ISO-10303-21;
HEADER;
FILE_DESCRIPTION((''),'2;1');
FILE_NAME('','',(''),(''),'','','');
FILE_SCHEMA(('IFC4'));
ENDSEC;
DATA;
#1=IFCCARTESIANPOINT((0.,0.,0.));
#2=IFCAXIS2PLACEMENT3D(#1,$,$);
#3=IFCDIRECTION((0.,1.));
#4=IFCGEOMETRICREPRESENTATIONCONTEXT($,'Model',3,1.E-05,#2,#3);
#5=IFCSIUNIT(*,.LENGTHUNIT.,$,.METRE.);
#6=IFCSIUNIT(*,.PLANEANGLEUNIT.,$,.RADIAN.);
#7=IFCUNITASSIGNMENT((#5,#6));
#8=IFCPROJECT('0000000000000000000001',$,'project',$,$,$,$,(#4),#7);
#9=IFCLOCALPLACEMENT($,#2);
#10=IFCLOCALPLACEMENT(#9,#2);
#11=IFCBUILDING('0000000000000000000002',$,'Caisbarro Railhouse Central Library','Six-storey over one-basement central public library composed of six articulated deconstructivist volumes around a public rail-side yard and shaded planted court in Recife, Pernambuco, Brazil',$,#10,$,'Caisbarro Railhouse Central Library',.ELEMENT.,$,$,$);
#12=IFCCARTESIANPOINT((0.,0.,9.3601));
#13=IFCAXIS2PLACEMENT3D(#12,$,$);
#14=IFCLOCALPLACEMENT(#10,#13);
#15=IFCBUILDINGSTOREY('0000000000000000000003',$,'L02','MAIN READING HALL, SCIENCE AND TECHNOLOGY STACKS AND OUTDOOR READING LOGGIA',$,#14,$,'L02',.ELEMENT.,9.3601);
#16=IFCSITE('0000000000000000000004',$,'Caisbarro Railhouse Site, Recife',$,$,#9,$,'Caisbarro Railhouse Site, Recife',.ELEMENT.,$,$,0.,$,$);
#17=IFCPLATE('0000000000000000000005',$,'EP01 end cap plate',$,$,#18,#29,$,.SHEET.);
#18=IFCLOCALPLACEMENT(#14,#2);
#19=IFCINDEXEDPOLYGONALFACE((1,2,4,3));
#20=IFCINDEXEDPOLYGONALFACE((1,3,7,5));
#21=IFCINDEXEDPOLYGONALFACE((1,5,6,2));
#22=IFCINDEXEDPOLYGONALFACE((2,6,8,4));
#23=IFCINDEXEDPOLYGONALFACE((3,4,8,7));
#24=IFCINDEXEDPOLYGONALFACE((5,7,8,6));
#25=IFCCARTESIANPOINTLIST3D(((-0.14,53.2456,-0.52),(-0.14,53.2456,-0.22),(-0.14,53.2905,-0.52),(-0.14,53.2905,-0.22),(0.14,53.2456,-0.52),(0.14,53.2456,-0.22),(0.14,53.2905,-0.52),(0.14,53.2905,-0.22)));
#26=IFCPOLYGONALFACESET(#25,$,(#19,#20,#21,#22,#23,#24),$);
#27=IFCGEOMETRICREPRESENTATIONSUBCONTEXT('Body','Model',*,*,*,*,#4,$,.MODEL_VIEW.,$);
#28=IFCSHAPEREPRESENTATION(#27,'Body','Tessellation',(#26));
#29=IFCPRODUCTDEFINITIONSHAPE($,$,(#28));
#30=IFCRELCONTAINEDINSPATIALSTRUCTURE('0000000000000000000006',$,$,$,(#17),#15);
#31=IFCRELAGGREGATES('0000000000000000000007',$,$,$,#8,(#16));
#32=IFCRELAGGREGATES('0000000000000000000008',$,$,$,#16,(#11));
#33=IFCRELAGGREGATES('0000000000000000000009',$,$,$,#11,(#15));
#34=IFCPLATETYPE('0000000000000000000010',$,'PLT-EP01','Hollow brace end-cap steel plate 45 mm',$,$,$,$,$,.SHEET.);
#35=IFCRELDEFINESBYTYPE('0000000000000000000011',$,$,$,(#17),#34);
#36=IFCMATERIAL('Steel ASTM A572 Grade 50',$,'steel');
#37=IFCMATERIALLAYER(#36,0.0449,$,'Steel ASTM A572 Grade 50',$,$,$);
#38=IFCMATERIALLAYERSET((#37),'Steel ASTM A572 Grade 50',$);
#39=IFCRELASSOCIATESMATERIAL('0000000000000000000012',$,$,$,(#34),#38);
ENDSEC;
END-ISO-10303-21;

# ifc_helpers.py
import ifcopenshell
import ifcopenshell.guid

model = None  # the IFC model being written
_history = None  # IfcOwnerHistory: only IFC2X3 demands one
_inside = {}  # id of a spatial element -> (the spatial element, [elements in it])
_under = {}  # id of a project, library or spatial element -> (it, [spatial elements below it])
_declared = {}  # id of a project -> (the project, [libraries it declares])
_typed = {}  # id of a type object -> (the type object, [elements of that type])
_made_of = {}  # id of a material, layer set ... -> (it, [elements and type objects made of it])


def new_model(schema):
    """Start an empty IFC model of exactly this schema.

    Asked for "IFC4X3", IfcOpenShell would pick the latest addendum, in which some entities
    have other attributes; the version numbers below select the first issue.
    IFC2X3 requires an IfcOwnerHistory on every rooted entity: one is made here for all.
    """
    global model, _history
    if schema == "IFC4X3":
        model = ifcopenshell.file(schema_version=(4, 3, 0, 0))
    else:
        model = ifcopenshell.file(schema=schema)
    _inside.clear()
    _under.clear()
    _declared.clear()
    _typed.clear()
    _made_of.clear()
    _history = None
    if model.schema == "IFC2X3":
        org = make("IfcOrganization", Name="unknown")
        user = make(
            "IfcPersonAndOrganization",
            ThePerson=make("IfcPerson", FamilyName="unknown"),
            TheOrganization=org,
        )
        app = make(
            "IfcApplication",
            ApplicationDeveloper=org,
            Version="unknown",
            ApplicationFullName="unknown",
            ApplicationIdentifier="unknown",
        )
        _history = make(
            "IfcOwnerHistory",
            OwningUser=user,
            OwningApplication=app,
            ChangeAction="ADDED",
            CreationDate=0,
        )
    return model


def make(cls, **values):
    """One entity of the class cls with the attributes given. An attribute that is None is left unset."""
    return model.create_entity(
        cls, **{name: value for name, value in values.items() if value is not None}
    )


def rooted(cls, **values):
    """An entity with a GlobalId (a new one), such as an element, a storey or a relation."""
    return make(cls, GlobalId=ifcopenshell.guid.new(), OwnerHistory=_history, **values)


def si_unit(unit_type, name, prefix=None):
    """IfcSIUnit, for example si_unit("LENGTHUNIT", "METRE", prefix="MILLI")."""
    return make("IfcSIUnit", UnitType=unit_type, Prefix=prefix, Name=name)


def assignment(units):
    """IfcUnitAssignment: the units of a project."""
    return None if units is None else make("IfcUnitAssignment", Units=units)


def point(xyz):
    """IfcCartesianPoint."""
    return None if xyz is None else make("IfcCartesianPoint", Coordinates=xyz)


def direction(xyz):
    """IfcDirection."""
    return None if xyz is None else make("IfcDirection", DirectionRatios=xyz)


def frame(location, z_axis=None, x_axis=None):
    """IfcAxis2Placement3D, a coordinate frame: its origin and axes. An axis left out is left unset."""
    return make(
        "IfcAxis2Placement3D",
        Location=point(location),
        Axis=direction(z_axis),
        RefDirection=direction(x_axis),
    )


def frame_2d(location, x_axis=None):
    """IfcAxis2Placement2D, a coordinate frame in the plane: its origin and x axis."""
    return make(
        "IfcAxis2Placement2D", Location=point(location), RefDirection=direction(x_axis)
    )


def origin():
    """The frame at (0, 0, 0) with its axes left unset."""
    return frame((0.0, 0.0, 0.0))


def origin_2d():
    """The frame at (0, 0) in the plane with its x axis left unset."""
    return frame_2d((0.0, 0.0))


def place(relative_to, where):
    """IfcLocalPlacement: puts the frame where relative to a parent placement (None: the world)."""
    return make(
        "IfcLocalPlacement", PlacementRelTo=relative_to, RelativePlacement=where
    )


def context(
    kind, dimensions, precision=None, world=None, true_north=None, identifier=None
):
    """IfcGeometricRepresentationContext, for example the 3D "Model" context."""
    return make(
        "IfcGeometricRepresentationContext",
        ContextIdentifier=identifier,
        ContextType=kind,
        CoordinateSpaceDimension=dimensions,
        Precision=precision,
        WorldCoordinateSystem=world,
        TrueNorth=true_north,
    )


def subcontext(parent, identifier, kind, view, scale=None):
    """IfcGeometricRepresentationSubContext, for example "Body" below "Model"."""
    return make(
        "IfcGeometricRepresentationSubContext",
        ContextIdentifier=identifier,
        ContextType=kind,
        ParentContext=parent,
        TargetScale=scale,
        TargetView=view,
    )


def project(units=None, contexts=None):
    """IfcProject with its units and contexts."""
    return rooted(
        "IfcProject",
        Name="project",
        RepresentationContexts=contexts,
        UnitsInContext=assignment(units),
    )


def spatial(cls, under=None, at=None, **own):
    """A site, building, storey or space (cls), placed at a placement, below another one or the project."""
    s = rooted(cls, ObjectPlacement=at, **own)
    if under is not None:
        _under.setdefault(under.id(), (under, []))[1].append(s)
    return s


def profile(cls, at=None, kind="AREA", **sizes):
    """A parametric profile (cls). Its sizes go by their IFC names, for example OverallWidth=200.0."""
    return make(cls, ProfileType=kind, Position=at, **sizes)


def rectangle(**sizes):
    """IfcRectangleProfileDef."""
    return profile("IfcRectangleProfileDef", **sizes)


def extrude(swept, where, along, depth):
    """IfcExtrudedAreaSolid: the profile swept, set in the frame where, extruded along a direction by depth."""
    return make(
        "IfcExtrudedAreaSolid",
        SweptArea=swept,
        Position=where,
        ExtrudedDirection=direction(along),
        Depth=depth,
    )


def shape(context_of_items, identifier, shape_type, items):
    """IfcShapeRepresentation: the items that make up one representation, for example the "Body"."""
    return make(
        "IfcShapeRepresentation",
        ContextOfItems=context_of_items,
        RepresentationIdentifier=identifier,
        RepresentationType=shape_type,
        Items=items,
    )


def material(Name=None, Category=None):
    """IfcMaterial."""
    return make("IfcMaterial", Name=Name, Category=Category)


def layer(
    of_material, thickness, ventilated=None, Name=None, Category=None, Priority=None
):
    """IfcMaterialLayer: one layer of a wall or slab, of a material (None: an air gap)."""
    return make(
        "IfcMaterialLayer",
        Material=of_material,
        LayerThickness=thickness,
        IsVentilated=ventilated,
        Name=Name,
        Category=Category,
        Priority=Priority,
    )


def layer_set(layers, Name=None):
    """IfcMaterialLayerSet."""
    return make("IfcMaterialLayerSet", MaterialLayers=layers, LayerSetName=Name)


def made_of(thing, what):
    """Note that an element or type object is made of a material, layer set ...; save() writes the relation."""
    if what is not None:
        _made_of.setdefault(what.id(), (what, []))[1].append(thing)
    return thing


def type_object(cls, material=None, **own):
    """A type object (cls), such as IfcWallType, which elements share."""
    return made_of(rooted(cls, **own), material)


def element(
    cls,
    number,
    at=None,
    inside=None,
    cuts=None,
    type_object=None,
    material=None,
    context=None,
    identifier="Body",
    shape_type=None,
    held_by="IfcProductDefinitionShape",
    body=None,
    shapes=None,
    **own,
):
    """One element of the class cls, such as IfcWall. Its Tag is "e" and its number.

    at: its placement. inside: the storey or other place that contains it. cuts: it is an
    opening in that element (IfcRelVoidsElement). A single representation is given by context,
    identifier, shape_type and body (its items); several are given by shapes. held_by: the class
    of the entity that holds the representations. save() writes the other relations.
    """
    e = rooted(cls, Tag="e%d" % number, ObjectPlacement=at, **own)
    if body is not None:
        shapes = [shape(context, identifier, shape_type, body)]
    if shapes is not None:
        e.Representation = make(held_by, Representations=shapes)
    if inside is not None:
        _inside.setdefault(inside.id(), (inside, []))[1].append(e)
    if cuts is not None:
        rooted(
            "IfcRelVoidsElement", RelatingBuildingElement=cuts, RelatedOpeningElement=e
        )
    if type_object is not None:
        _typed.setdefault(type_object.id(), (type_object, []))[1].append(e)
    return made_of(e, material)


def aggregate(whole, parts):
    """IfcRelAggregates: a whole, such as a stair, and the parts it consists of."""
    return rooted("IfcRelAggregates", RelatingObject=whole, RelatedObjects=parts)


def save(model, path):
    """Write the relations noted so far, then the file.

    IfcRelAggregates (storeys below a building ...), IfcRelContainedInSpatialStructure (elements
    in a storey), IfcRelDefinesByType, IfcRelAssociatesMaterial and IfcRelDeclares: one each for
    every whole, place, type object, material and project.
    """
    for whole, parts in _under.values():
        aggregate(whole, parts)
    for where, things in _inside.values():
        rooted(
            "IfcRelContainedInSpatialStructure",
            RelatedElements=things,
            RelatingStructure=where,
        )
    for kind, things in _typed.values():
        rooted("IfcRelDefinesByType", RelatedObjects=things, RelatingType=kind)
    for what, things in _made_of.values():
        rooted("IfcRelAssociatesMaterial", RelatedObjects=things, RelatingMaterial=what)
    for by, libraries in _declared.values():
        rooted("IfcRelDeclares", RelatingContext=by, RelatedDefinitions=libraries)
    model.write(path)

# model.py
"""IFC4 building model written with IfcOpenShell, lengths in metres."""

from ifc_helpers import new_model, si_unit, direction, frame, origin, origin_2d, place, context, subcontext, project, spatial, rectangle, extrude, material, layer, layer_set, type_object, element, save


model = new_model("IFC4")

# Units and contexts
model_context = context("Model", 3, precision=1e-05, world=origin(), true_north=direction((0.0, 1.0)))
body_context = subcontext(model_context, "Body", "Model", "MODEL_VIEW")
ifc_project = project(units=[si_unit("LENGTHUNIT", "METRE"), si_unit("PLANEANGLEUNIT", "RADIAN")], contexts=[model_context])

# Site, building, storey
site_placement = place(None, origin())
site = spatial("IfcSite", under=ifc_project, at=site_placement, Name="Caisbarro Railhouse Site, Recife", LongName="Caisbarro Railhouse Site, Recife", CompositionType="ELEMENT", RefElevation=0.0)
building_placement = place(site_placement, origin())
building = spatial("IfcBuilding", under=site, at=building_placement, Name="Caisbarro Railhouse Central Library", Description="Six-storey over one-basement central public library composed of six articulated deconstructivist volumes around a public rail-side yard and shaded planted court in Recife, Pernambuco, Brazil", LongName="Caisbarro Railhouse Central Library", CompositionType="ELEMENT")
storey_placement = place(building_placement, frame((0.0, 0.0, 9.3601)))
storey = spatial("IfcBuildingStorey", under=building, at=storey_placement, Name="L02", Description="MAIN READING HALL, SCIENCE AND TECHNOLOGY STACKS AND OUTDOOR READING LOGGIA", LongName="L02", CompositionType="ELEMENT", Elevation=9.3601)

# Shared definitions
ifc_material_1 = material(Name="Steel ASTM A572 Grade 50", Category="steel")

# Plate
ifc_layer_1 = layer(ifc_material_1, 0.0449, Name="Steel ASTM A572 Grade 50")
ifc_layer_set_1 = layer_set([ifc_layer_1], Name="Steel ASTM A572 Grade 50")
plate_type_1 = type_object("IfcPlateType", Name="PLT-EP01", Description="Hollow brace end-cap steel plate 45 mm", PredefinedType="SHEET", material=ifc_layer_set_1)
for number, where, z_axis, x_axis, name in (
    (1, (0.0, 53.2681, -0.52), (0.0, 0.0, 1.0), (0.0, 1.0, 0.0), "EP01 end cap plate"),
):
    element("IfcPlate", number, at=place(storey_placement, frame(where, z_axis=z_axis, x_axis=x_axis)), inside=storey, type_object=plate_type_1, Name=name, PredefinedType="SHEET", context=body_context, shape_type="SweptSolid", body=[
        extrude(rectangle(XDim=0.0449, YDim=0.28, at=origin_2d()), origin(), (0.0, 0.0, 1.0), 0.3),
    ])

save(model, "model.ifc")
